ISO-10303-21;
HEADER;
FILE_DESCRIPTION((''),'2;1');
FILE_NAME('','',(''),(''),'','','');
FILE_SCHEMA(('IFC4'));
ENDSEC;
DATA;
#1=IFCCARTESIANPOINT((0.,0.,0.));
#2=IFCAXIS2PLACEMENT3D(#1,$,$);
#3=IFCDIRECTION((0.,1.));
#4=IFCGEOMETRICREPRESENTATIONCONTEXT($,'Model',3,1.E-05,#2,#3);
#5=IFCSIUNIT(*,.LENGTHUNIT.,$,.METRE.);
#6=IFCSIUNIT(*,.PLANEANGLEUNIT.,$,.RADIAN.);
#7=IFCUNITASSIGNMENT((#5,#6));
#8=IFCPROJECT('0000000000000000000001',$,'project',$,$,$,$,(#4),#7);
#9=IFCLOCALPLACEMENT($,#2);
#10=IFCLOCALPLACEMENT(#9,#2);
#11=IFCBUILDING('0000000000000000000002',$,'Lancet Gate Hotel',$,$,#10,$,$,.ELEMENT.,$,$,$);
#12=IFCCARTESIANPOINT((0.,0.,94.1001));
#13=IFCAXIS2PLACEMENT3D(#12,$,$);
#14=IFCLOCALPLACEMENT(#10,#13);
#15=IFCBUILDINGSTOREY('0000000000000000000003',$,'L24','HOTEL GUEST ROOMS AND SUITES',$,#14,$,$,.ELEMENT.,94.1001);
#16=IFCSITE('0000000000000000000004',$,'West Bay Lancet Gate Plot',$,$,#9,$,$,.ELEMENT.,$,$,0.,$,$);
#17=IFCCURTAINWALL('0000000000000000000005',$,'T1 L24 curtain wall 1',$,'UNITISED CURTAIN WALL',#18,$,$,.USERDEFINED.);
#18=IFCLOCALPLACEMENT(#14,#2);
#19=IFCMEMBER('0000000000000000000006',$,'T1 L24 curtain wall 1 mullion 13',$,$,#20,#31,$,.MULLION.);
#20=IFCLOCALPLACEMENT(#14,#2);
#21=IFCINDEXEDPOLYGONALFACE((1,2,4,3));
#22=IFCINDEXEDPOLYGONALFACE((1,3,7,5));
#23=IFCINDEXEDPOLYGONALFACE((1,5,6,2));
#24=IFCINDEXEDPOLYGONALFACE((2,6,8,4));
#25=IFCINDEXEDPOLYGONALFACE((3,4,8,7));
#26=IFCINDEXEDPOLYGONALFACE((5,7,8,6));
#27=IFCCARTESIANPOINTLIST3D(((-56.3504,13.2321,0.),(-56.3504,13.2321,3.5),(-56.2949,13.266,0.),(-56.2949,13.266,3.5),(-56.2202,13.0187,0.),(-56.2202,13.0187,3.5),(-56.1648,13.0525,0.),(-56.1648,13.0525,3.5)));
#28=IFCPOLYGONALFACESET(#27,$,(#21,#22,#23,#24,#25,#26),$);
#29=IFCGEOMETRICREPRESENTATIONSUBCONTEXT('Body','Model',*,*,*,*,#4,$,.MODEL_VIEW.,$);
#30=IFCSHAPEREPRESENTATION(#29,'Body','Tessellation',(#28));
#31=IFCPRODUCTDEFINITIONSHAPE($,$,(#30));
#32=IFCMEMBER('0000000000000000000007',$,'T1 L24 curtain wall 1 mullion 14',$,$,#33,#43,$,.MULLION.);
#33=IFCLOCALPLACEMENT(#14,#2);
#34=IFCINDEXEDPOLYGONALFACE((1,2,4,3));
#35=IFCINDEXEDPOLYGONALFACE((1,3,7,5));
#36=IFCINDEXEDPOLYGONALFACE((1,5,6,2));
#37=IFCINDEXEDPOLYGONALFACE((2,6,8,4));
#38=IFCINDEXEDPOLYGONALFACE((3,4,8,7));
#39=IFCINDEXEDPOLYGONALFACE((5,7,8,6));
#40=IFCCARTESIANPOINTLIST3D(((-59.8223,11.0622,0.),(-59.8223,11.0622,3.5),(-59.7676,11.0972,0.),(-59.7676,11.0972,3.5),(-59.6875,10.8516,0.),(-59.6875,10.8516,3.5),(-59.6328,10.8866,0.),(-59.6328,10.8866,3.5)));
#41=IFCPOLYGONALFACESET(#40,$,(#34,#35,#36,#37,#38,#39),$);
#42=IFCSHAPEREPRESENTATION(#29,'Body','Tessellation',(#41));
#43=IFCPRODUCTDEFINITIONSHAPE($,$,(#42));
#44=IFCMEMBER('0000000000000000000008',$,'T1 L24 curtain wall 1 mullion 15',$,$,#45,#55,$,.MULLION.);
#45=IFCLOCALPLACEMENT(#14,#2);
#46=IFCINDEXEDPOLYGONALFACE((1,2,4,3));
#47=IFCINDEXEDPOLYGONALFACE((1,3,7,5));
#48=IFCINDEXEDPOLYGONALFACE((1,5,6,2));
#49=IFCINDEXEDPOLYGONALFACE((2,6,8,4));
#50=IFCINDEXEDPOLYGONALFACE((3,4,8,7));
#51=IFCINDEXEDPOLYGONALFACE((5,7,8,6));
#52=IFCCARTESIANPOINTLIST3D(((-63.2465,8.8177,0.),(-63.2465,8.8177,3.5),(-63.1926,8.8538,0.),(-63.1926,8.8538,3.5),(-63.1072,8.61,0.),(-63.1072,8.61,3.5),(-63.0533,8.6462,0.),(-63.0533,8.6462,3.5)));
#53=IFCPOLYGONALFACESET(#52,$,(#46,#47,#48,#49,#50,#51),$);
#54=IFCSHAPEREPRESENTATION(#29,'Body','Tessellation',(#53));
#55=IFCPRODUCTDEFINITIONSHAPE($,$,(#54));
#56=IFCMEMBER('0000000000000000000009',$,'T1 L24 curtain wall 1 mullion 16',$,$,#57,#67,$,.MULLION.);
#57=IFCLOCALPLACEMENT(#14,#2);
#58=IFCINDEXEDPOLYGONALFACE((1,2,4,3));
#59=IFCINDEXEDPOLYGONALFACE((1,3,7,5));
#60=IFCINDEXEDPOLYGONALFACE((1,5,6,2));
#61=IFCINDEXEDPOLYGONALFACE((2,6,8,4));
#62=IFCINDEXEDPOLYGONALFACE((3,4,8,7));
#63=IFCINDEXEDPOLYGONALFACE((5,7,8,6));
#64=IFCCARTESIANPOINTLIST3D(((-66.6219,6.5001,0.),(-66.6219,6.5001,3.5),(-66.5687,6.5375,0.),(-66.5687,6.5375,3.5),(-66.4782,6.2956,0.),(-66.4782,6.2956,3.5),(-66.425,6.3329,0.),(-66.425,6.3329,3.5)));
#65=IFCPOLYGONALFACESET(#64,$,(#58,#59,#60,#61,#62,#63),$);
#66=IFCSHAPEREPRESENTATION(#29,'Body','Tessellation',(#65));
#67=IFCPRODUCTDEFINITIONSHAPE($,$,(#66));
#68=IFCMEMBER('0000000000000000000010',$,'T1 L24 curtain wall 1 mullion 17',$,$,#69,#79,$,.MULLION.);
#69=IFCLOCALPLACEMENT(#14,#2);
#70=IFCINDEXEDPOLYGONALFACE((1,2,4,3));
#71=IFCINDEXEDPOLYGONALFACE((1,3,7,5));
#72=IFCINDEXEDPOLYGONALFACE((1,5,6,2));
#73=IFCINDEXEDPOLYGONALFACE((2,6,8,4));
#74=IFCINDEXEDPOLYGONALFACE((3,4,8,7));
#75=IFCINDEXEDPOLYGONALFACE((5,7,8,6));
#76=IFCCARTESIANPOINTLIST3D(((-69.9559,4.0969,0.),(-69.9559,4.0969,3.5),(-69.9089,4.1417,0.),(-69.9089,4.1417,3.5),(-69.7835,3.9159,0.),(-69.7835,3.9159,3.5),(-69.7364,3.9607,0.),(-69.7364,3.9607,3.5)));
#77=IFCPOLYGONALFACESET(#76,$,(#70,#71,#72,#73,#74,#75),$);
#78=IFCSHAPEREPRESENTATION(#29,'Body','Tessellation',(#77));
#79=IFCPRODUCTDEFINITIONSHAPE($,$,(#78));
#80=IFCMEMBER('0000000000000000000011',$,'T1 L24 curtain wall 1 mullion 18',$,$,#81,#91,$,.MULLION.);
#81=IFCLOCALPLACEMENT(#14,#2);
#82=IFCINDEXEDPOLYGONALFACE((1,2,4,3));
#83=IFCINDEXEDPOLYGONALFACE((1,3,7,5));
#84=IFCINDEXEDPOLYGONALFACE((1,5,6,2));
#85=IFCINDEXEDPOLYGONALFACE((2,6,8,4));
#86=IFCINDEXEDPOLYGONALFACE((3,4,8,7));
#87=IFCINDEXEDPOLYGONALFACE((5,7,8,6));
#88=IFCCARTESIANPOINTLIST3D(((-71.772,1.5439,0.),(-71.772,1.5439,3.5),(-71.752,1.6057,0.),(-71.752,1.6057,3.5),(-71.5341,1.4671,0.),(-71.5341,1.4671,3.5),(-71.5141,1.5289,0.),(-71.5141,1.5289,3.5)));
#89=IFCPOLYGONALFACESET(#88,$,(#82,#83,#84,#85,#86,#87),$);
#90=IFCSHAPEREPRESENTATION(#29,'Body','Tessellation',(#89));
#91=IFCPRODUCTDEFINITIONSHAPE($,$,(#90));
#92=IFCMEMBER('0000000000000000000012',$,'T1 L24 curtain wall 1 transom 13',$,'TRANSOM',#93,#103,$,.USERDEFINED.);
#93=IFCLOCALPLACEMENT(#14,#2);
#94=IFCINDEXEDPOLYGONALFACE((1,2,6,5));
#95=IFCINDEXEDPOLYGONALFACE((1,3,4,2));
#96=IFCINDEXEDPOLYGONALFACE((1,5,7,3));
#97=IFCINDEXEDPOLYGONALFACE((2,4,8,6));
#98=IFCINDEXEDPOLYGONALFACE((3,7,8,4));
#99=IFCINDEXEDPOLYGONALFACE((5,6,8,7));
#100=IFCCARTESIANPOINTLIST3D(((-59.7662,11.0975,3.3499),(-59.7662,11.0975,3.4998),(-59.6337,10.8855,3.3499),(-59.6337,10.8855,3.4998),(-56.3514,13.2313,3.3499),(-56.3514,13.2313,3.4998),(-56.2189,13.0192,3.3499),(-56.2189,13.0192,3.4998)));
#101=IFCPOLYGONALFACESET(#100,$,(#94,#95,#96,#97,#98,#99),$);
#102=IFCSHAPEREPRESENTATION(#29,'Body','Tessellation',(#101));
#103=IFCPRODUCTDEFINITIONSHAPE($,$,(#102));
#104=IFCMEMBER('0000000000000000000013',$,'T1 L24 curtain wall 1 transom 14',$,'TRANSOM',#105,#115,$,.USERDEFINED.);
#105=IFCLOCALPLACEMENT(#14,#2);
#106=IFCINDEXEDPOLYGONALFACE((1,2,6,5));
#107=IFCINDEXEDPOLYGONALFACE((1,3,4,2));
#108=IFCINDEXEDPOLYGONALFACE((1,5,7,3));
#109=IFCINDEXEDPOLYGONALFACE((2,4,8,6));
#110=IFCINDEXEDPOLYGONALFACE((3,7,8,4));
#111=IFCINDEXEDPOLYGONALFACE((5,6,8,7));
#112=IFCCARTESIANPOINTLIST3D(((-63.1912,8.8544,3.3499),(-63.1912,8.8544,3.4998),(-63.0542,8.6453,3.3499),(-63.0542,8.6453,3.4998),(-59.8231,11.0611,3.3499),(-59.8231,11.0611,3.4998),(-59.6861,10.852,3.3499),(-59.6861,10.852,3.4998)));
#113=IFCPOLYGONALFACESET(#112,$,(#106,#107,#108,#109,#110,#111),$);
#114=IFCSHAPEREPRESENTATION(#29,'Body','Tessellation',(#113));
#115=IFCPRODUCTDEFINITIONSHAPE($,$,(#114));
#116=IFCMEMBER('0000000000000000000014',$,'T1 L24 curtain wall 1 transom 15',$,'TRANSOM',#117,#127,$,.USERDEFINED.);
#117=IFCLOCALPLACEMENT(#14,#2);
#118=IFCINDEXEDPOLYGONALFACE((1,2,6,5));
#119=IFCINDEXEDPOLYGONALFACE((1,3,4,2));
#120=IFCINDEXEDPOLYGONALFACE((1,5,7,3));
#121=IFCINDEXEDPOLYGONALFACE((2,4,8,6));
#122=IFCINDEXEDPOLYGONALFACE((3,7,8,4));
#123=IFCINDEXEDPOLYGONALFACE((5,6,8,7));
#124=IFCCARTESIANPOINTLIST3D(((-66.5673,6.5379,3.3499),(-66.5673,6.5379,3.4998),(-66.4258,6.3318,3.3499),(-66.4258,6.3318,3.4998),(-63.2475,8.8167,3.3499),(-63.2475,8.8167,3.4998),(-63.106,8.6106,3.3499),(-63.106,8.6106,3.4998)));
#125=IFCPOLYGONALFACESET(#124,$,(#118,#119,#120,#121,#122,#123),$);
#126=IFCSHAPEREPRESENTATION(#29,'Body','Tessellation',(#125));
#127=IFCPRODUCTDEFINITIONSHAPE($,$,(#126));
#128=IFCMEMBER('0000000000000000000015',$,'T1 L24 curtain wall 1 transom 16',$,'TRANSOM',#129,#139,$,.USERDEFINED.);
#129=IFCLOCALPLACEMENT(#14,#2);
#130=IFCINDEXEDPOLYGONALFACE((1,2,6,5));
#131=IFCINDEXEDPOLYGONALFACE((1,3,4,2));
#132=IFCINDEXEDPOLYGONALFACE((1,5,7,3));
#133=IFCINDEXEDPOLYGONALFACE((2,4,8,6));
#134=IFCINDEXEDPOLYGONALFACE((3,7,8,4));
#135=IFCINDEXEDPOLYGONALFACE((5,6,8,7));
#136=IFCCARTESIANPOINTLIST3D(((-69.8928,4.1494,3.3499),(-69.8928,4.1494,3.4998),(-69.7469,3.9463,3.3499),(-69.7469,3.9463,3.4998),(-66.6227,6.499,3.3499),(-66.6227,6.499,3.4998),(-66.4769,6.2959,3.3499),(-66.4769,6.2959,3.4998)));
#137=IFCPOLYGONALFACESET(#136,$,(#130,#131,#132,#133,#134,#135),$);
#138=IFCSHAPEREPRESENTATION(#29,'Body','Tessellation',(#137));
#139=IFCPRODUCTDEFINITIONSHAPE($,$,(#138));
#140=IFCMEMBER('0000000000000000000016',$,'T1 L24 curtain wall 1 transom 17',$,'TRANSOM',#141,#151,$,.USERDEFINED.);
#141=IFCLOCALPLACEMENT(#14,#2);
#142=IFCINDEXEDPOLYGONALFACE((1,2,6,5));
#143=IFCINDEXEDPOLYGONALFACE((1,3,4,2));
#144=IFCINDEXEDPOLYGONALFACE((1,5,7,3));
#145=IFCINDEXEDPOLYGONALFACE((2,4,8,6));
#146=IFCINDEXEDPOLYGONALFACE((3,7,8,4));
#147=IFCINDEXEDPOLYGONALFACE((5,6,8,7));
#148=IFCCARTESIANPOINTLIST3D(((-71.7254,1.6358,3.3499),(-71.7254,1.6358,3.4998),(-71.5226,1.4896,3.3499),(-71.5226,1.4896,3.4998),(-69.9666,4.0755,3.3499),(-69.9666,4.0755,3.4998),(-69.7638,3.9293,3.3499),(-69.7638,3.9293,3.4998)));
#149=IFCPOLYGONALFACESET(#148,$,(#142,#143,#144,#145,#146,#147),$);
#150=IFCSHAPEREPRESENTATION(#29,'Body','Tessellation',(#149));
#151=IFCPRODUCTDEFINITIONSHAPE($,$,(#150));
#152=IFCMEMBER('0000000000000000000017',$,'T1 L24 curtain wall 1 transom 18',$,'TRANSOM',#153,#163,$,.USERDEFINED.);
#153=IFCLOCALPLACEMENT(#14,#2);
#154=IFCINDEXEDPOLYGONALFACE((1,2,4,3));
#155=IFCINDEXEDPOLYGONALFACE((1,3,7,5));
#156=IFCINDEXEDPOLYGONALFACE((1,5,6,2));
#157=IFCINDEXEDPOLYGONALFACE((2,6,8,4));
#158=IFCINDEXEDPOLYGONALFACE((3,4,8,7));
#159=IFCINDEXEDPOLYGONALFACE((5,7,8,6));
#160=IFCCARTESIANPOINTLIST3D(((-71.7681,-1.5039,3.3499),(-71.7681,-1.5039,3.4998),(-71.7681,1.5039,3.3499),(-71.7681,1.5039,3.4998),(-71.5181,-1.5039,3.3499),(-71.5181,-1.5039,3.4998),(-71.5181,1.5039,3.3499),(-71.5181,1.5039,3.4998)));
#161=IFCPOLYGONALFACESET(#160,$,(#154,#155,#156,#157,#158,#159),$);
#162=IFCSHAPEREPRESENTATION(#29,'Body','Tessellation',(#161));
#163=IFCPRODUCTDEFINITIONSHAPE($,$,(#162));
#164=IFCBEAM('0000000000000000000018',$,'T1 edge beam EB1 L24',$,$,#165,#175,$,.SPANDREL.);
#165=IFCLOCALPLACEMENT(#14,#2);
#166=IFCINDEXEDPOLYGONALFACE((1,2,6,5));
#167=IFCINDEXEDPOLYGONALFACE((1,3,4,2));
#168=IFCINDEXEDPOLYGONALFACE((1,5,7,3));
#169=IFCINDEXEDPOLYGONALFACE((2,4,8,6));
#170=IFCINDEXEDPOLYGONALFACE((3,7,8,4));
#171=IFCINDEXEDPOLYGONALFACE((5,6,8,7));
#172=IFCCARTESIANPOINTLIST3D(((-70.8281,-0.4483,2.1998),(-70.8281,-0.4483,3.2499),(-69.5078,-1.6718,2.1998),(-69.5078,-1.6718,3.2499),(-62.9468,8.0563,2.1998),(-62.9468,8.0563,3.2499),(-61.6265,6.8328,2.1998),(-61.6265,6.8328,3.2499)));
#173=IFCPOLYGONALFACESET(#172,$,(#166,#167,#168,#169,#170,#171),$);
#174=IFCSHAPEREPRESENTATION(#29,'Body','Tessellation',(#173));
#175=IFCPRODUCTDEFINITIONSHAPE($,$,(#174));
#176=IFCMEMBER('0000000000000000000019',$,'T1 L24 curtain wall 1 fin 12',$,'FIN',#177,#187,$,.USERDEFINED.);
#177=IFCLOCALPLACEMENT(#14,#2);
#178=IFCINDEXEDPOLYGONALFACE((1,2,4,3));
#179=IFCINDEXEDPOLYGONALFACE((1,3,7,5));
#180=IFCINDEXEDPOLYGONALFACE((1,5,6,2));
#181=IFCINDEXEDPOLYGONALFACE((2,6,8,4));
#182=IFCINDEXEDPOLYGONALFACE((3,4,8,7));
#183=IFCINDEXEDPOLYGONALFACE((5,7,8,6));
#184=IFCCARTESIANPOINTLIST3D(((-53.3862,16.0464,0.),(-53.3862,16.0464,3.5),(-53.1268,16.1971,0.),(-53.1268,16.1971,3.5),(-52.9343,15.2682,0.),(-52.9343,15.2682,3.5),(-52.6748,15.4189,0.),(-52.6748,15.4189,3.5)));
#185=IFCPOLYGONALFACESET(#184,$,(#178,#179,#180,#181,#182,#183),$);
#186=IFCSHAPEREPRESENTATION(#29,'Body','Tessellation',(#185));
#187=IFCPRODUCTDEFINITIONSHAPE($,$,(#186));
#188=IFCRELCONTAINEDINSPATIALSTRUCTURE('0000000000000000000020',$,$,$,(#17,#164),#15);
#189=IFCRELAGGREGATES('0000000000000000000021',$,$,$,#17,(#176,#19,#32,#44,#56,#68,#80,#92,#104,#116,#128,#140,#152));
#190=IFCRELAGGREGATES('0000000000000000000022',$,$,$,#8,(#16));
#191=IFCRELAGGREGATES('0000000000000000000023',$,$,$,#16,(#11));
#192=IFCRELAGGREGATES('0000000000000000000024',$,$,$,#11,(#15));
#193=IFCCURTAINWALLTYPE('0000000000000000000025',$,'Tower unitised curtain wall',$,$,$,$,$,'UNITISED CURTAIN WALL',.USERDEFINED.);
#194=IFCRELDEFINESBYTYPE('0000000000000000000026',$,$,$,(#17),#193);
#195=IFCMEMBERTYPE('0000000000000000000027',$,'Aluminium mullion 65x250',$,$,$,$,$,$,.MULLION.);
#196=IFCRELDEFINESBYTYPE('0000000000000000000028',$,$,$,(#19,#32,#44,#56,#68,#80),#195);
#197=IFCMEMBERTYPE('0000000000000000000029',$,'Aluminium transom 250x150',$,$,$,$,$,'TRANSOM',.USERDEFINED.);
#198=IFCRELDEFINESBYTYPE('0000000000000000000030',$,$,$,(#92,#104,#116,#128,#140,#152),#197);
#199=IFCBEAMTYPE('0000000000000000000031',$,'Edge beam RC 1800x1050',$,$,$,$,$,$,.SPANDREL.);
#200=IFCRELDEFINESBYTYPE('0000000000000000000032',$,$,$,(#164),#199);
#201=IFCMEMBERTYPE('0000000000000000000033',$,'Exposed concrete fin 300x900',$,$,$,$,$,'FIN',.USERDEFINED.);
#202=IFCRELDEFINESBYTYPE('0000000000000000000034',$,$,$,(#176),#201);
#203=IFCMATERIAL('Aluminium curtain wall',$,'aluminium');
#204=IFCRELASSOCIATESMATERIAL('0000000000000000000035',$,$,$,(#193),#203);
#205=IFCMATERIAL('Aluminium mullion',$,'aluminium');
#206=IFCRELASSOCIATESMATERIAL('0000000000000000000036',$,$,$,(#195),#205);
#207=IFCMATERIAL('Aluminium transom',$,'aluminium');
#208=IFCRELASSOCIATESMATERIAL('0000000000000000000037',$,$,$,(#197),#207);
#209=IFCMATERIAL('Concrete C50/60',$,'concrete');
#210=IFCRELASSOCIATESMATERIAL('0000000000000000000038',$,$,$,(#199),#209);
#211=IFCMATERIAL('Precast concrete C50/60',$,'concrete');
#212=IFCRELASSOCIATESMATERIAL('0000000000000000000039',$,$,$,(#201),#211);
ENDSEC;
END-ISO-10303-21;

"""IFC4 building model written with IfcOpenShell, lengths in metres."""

from ifc_helpers import new_model, si_unit, direction, frame, origin, origin_2d, place, context, subcontext, project, spatial, rectangle, extrude, material, material_profile, profile_set, type_object, element, aggregate, save


model = new_model("IFC4")

# Units and contexts
model_context = context("Model", 3, precision=1e-05, world=origin(), true_north=direction((0.0, 1.0)))
body_context = subcontext(model_context, "Body", "Model", "MODEL_VIEW")
ifc_project = project(units=[si_unit("LENGTHUNIT", "METRE"), si_unit("PLANEANGLEUNIT", "RADIAN")], contexts=[model_context])

# Site, building, storey
site_placement = place(None, origin())
site = spatial("IfcSite", under=ifc_project, at=site_placement, Name="West Bay Lancet Gate Plot", CompositionType="ELEMENT", RefElevation=0.0)
building_placement = place(site_placement, origin())
building = spatial("IfcBuilding", under=site, at=building_placement, Name="Lancet Gate Hotel", CompositionType="ELEMENT")
storey_placement = place(building_placement, frame((0.0, 0.0, 94.1001)))
storey = spatial("IfcBuildingStorey", under=building, at=storey_placement, Name="L24", Description="HOTEL GUEST ROOMS AND SUITES", CompositionType="ELEMENT", Elevation=94.1001)

# Curtain wall, members
ifc_material_1 = material(Name="Aluminium curtain wall", Category="aluminium")
curtain_wall_type = type_object("IfcCurtainWallType", Name="Tower unitised curtain wall", ElementType="UNITISED CURTAIN WALL", PredefinedType="USERDEFINED", material=ifc_material_1)
curtain_wall_placement = place(storey_placement, origin())
curtain_wall = element("IfcCurtainWall", 1, at=curtain_wall_placement, inside=storey, type_object=curtain_wall_type, Name="T1 L24 curtain wall 1", ObjectType="UNITISED CURTAIN WALL", PredefinedType="USERDEFINED")
ifc_material_2 = material(Name="Aluminium mullion", Category="aluminium")
ifc_material_profile_1 = material_profile(ifc_material_2, rectangle(XDim=0.0649, YDim=0.25, at=origin_2d()), Name="MULLION 65x250")
ifc_profile_set_1 = profile_set([ifc_material_profile_1], Name="Aluminium mullion")
member_type_1 = type_object("IfcMemberType", Name="Aluminium mullion 65x250", PredefinedType="MULLION", material=ifc_profile_set_1)
member_1_placement = place(storey_placement, frame((-56.2576, 13.1423, 0.0), z_axis=(0.0, 0.0, 1.0), x_axis=(-0.853716, -0.520739, 0.0)))
member_1 = element("IfcMember", 2, at=member_1_placement, type_object=member_type_1, Name="T1 L24 curtain wall 1 mullion 13", PredefinedType="MULLION", context=body_context, shape_type="SweptSolid", body=[
    extrude(rectangle(XDim=0.0649, YDim=0.25, at=origin_2d()), origin(), (0.0, 0.0, 1.0), 3.5),
])
member_2_placement = place(storey_placement, frame((-59.7275, 10.9744, 0.0), z_axis=(0.0, 0.0, 1.0), x_axis=(-0.842308, -0.538996, 0.0)))
member_2 = element("IfcMember", 3, at=member_2_placement, type_object=member_type_1, Name="T1 L24 curtain wall 1 mullion 14", PredefinedType="MULLION", context=body_context, shape_type="SweptSolid", body=[
    extrude(rectangle(XDim=0.0649, YDim=0.25, at=origin_2d()), origin(), (0.0, 0.0, 1.0), 3.5),
])
member_3_placement = place(storey_placement, frame((-63.1499, 8.7319, 0.0), z_axis=(0.0, 0.0, 1.0), x_axis=(-0.83051, -0.557004, 0.0)))
member_3 = element("IfcMember", 4, at=member_3_placement, type_object=member_type_1, Name="T1 L24 curtain wall 1 mullion 15", PredefinedType="MULLION", context=body_context, shape_type="SweptSolid", body=[
    extrude(rectangle(XDim=0.0649, YDim=0.25, at=origin_2d()), origin(), (0.0, 0.0, 1.0), 3.5),
])
member_4_placement = place(storey_placement, frame((-66.5234, 6.4165, 0.0), z_axis=(0.0, 0.0, 1.0), x_axis=(-0.818327, -0.574753, 0.0)))
member_4 = element("IfcMember", 5, at=member_4_placement, type_object=member_type_1, Name="T1 L24 curtain wall 1 mullion 16", PredefinedType="MULLION", context=body_context, shape_type="SweptSolid", body=[
    extrude(rectangle(XDim=0.0649, YDim=0.25, at=origin_2d()), origin(), (0.0, 0.0, 1.0), 3.5),
])
member_5_placement = place(storey_placement, frame((-69.8462, 4.0288, 0.0), z_axis=(0.0, 0.0, 1.0), x_axis=(-0.723846, -0.689961, 0.0)))
member_5 = element("IfcMember", 6, at=member_5_placement, type_object=member_type_1, Name="T1 L24 curtain wall 1 mullion 17", PredefinedType="MULLION", context=body_context, shape_type="SweptSolid", body=[
    extrude(rectangle(XDim=0.0649, YDim=0.25, at=origin_2d()), origin(), (0.0, 0.0, 1.0), 3.5),
])
member_6_placement = place(storey_placement, frame((-71.6431, 1.5364, 0.0), z_axis=(0.0, 0.0, 1.0), x_axis=(-0.307269, -0.951623, 0.0)))
member_6 = element("IfcMember", 7, at=member_6_placement, type_object=member_type_1, Name="T1 L24 curtain wall 1 mullion 18", PredefinedType="MULLION", context=body_context, shape_type="SweptSolid", body=[
    extrude(rectangle(XDim=0.0649, YDim=0.25, at=origin_2d()), origin(), (0.0, 0.0, 1.0), 3.5),
])
ifc_material_3 = material(Name="Aluminium transom", Category="aluminium")
ifc_material_profile_2 = material_profile(ifc_material_3, rectangle(XDim=0.25, YDim=0.1499, at=origin_2d()), Name="TRANSOM 250x150")
ifc_profile_set_2 = profile_set([ifc_material_profile_2], Name="Aluminium transom")
member_type_2 = type_object("IfcMemberType", Name="Aluminium transom 250x150", ElementType="TRANSOM", PredefinedType="USERDEFINED", material=ifc_profile_set_2)
member_7_placement = place(storey_placement, frame((-56.2852, 13.1252, 3.4248), z_axis=(-0.848049, -0.529917, 0.0), x_axis=(0.529917, -0.848049, 0.0)))
member_7 = element("IfcMember", 8, at=member_7_placement, type_object=member_type_2, Name="T1 L24 curtain wall 1 transom 13", ObjectType="TRANSOM", PredefinedType="USERDEFINED", context=body_context, shape_type="SweptSolid", body=[
    extrude(rectangle(XDim=0.25, YDim=0.1499, at=origin_2d()), origin(), (0.0, 0.0, 1.0), 4.0266),
])
member_8_placement = place(storey_placement, frame((-59.7546, 10.9565, 3.4248), z_axis=(-0.836454, -0.548036, 0.0), x_axis=(0.548036, -0.836454, 0.0)))
member_8 = element("IfcMember", 9, at=member_8_placement, type_object=member_type_2, Name="T1 L24 curtain wall 1 transom 14", ObjectType="TRANSOM", PredefinedType="USERDEFINED", context=body_context, shape_type="SweptSolid", body=[
    extrude(rectangle(XDim=0.25, YDim=0.1499, at=origin_2d()), origin(), (0.0, 0.0, 1.0), 4.0266),
])
member_9_placement = place(storey_placement, frame((-63.1768, 8.7136, 3.4248), z_axis=(-0.824456, -0.565927, 0.0), x_axis=(0.565927, -0.824456, 0.0)))
member_9 = element("IfcMember", 10, at=member_9_placement, type_object=member_type_2, Name="T1 L24 curtain wall 1 transom 15", ObjectType="TRANSOM", PredefinedType="USERDEFINED", context=body_context, shape_type="SweptSolid", body=[
    extrude(rectangle(XDim=0.25, YDim=0.1499, at=origin_2d()), origin(), (0.0, 0.0, 1.0), 4.0266),
])
member_10_placement = place(storey_placement, frame((-66.5498, 6.3975, 3.4248), z_axis=(-0.8121, -0.583519, 0.0), x_axis=(0.583519, -0.8121, 0.0)))
member_10 = element("IfcMember", 11, at=member_10_placement, type_object=member_type_2, Name="T1 L24 curtain wall 1 transom 16", ObjectType="TRANSOM", PredefinedType="USERDEFINED", context=body_context, shape_type="SweptSolid", body=[
    extrude(rectangle(XDim=0.25, YDim=0.1499, at=origin_2d()), origin(), (0.0, 0.0, 1.0), 4.0266),
])
member_11_placement = place(storey_placement, frame((-69.8652, 4.0024, 3.4248), z_axis=(-0.584788, -0.811186, 0.0), x_axis=(0.811186, -0.584788, 0.0)))
member_11 = element("IfcMember", 12, at=member_11_placement, type_object=member_type_2, Name="T1 L24 curtain wall 1 transom 17", ObjectType="TRANSOM", PredefinedType="USERDEFINED", context=body_context, shape_type="SweptSolid", body=[
    extrude(rectangle(XDim=0.25, YDim=0.1499, at=origin_2d()), origin(), (0.0, 0.0, 1.0), 3.0076),
])
member_12_placement = place(storey_placement, frame((-71.6431, 1.5039, 3.4248), z_axis=(0.0, -1.0, 0.0), x_axis=(1.0, 0.0, 0.0)))
member_12 = element("IfcMember", 13, at=member_12_placement, type_object=member_type_2, Name="T1 L24 curtain wall 1 transom 18", ObjectType="TRANSOM", PredefinedType="USERDEFINED", context=body_context, shape_type="SweptSolid", body=[
    extrude(rectangle(XDim=0.25, YDim=0.1499, at=origin_2d()), origin(), (0.0, 0.0, 1.0), 3.0078),
])

# Beam
ifc_material_4 = material(Name="Concrete C50/60", Category="concrete")
ifc_material_profile_3 = material_profile(ifc_material_4, rectangle(XDim=1.8, YDim=1.05, at=origin_2d()), Name="RC 1800x1050")
ifc_profile_set_3 = profile_set([ifc_material_profile_3], Name="Concrete C50/60")
beam_type_1 = type_object("IfcBeamType", Name="Edge beam RC 1800x1050", PredefinedType="SPANDREL", material=ifc_profile_set_3)
beam_1_placement = place(storey_placement, frame((-62.2866, 7.4446, 2.7249), z_axis=(-0.679718, -0.733473, 0.0), x_axis=(0.733473, -0.679718, 0.0)))
element("IfcBeam", 14, at=beam_1_placement, inside=storey, type_object=beam_type_1, Name="T1 edge beam EB1 L24", PredefinedType="SPANDREL", context=body_context, shape_type="SweptSolid", body=[
    extrude(rectangle(XDim=1.8, YDim=1.05, at=origin_2d()), origin(), (0.0, 0.0, 1.0), 11.595),
])

# Member
ifc_material_5 = material(Name="Precast concrete C50/60", Category="concrete")
ifc_material_profile_4 = material_profile(ifc_material_5, rectangle(XDim=0.3, YDim=0.8999, at=origin_2d()), Name="FIN 300x900")
ifc_profile_set_4 = profile_set([ifc_material_profile_4], Name="Precast concrete C50/60")
member_type_3 = type_object("IfcMemberType", Name="Exposed concrete fin 300x900", ElementType="FIN", PredefinedType="USERDEFINED", material=ifc_profile_set_4)
member_13_placement = place(storey_placement, frame((-53.0305, 15.7327, 0.0), z_axis=(0.0, 0.0, 1.0), x_axis=(-0.864728, -0.502241, 0.0)))
member_13 = element("IfcMember", 15, at=member_13_placement, type_object=member_type_3, Name="T1 L24 curtain wall 1 fin 12", ObjectType="FIN", PredefinedType="USERDEFINED", context=body_context, shape_type="SweptSolid", body=[
    extrude(rectangle(XDim=0.3, YDim=0.8999, at=origin_2d()), origin(), (0.0, 0.0, 1.0), 3.5),
])

aggregate(curtain_wall, [member_13, member_1, member_2, member_3, member_4, member_5, member_6, member_7, member_8, member_9, member_10, member_11, member_12])

save(model, "model.ifc")
